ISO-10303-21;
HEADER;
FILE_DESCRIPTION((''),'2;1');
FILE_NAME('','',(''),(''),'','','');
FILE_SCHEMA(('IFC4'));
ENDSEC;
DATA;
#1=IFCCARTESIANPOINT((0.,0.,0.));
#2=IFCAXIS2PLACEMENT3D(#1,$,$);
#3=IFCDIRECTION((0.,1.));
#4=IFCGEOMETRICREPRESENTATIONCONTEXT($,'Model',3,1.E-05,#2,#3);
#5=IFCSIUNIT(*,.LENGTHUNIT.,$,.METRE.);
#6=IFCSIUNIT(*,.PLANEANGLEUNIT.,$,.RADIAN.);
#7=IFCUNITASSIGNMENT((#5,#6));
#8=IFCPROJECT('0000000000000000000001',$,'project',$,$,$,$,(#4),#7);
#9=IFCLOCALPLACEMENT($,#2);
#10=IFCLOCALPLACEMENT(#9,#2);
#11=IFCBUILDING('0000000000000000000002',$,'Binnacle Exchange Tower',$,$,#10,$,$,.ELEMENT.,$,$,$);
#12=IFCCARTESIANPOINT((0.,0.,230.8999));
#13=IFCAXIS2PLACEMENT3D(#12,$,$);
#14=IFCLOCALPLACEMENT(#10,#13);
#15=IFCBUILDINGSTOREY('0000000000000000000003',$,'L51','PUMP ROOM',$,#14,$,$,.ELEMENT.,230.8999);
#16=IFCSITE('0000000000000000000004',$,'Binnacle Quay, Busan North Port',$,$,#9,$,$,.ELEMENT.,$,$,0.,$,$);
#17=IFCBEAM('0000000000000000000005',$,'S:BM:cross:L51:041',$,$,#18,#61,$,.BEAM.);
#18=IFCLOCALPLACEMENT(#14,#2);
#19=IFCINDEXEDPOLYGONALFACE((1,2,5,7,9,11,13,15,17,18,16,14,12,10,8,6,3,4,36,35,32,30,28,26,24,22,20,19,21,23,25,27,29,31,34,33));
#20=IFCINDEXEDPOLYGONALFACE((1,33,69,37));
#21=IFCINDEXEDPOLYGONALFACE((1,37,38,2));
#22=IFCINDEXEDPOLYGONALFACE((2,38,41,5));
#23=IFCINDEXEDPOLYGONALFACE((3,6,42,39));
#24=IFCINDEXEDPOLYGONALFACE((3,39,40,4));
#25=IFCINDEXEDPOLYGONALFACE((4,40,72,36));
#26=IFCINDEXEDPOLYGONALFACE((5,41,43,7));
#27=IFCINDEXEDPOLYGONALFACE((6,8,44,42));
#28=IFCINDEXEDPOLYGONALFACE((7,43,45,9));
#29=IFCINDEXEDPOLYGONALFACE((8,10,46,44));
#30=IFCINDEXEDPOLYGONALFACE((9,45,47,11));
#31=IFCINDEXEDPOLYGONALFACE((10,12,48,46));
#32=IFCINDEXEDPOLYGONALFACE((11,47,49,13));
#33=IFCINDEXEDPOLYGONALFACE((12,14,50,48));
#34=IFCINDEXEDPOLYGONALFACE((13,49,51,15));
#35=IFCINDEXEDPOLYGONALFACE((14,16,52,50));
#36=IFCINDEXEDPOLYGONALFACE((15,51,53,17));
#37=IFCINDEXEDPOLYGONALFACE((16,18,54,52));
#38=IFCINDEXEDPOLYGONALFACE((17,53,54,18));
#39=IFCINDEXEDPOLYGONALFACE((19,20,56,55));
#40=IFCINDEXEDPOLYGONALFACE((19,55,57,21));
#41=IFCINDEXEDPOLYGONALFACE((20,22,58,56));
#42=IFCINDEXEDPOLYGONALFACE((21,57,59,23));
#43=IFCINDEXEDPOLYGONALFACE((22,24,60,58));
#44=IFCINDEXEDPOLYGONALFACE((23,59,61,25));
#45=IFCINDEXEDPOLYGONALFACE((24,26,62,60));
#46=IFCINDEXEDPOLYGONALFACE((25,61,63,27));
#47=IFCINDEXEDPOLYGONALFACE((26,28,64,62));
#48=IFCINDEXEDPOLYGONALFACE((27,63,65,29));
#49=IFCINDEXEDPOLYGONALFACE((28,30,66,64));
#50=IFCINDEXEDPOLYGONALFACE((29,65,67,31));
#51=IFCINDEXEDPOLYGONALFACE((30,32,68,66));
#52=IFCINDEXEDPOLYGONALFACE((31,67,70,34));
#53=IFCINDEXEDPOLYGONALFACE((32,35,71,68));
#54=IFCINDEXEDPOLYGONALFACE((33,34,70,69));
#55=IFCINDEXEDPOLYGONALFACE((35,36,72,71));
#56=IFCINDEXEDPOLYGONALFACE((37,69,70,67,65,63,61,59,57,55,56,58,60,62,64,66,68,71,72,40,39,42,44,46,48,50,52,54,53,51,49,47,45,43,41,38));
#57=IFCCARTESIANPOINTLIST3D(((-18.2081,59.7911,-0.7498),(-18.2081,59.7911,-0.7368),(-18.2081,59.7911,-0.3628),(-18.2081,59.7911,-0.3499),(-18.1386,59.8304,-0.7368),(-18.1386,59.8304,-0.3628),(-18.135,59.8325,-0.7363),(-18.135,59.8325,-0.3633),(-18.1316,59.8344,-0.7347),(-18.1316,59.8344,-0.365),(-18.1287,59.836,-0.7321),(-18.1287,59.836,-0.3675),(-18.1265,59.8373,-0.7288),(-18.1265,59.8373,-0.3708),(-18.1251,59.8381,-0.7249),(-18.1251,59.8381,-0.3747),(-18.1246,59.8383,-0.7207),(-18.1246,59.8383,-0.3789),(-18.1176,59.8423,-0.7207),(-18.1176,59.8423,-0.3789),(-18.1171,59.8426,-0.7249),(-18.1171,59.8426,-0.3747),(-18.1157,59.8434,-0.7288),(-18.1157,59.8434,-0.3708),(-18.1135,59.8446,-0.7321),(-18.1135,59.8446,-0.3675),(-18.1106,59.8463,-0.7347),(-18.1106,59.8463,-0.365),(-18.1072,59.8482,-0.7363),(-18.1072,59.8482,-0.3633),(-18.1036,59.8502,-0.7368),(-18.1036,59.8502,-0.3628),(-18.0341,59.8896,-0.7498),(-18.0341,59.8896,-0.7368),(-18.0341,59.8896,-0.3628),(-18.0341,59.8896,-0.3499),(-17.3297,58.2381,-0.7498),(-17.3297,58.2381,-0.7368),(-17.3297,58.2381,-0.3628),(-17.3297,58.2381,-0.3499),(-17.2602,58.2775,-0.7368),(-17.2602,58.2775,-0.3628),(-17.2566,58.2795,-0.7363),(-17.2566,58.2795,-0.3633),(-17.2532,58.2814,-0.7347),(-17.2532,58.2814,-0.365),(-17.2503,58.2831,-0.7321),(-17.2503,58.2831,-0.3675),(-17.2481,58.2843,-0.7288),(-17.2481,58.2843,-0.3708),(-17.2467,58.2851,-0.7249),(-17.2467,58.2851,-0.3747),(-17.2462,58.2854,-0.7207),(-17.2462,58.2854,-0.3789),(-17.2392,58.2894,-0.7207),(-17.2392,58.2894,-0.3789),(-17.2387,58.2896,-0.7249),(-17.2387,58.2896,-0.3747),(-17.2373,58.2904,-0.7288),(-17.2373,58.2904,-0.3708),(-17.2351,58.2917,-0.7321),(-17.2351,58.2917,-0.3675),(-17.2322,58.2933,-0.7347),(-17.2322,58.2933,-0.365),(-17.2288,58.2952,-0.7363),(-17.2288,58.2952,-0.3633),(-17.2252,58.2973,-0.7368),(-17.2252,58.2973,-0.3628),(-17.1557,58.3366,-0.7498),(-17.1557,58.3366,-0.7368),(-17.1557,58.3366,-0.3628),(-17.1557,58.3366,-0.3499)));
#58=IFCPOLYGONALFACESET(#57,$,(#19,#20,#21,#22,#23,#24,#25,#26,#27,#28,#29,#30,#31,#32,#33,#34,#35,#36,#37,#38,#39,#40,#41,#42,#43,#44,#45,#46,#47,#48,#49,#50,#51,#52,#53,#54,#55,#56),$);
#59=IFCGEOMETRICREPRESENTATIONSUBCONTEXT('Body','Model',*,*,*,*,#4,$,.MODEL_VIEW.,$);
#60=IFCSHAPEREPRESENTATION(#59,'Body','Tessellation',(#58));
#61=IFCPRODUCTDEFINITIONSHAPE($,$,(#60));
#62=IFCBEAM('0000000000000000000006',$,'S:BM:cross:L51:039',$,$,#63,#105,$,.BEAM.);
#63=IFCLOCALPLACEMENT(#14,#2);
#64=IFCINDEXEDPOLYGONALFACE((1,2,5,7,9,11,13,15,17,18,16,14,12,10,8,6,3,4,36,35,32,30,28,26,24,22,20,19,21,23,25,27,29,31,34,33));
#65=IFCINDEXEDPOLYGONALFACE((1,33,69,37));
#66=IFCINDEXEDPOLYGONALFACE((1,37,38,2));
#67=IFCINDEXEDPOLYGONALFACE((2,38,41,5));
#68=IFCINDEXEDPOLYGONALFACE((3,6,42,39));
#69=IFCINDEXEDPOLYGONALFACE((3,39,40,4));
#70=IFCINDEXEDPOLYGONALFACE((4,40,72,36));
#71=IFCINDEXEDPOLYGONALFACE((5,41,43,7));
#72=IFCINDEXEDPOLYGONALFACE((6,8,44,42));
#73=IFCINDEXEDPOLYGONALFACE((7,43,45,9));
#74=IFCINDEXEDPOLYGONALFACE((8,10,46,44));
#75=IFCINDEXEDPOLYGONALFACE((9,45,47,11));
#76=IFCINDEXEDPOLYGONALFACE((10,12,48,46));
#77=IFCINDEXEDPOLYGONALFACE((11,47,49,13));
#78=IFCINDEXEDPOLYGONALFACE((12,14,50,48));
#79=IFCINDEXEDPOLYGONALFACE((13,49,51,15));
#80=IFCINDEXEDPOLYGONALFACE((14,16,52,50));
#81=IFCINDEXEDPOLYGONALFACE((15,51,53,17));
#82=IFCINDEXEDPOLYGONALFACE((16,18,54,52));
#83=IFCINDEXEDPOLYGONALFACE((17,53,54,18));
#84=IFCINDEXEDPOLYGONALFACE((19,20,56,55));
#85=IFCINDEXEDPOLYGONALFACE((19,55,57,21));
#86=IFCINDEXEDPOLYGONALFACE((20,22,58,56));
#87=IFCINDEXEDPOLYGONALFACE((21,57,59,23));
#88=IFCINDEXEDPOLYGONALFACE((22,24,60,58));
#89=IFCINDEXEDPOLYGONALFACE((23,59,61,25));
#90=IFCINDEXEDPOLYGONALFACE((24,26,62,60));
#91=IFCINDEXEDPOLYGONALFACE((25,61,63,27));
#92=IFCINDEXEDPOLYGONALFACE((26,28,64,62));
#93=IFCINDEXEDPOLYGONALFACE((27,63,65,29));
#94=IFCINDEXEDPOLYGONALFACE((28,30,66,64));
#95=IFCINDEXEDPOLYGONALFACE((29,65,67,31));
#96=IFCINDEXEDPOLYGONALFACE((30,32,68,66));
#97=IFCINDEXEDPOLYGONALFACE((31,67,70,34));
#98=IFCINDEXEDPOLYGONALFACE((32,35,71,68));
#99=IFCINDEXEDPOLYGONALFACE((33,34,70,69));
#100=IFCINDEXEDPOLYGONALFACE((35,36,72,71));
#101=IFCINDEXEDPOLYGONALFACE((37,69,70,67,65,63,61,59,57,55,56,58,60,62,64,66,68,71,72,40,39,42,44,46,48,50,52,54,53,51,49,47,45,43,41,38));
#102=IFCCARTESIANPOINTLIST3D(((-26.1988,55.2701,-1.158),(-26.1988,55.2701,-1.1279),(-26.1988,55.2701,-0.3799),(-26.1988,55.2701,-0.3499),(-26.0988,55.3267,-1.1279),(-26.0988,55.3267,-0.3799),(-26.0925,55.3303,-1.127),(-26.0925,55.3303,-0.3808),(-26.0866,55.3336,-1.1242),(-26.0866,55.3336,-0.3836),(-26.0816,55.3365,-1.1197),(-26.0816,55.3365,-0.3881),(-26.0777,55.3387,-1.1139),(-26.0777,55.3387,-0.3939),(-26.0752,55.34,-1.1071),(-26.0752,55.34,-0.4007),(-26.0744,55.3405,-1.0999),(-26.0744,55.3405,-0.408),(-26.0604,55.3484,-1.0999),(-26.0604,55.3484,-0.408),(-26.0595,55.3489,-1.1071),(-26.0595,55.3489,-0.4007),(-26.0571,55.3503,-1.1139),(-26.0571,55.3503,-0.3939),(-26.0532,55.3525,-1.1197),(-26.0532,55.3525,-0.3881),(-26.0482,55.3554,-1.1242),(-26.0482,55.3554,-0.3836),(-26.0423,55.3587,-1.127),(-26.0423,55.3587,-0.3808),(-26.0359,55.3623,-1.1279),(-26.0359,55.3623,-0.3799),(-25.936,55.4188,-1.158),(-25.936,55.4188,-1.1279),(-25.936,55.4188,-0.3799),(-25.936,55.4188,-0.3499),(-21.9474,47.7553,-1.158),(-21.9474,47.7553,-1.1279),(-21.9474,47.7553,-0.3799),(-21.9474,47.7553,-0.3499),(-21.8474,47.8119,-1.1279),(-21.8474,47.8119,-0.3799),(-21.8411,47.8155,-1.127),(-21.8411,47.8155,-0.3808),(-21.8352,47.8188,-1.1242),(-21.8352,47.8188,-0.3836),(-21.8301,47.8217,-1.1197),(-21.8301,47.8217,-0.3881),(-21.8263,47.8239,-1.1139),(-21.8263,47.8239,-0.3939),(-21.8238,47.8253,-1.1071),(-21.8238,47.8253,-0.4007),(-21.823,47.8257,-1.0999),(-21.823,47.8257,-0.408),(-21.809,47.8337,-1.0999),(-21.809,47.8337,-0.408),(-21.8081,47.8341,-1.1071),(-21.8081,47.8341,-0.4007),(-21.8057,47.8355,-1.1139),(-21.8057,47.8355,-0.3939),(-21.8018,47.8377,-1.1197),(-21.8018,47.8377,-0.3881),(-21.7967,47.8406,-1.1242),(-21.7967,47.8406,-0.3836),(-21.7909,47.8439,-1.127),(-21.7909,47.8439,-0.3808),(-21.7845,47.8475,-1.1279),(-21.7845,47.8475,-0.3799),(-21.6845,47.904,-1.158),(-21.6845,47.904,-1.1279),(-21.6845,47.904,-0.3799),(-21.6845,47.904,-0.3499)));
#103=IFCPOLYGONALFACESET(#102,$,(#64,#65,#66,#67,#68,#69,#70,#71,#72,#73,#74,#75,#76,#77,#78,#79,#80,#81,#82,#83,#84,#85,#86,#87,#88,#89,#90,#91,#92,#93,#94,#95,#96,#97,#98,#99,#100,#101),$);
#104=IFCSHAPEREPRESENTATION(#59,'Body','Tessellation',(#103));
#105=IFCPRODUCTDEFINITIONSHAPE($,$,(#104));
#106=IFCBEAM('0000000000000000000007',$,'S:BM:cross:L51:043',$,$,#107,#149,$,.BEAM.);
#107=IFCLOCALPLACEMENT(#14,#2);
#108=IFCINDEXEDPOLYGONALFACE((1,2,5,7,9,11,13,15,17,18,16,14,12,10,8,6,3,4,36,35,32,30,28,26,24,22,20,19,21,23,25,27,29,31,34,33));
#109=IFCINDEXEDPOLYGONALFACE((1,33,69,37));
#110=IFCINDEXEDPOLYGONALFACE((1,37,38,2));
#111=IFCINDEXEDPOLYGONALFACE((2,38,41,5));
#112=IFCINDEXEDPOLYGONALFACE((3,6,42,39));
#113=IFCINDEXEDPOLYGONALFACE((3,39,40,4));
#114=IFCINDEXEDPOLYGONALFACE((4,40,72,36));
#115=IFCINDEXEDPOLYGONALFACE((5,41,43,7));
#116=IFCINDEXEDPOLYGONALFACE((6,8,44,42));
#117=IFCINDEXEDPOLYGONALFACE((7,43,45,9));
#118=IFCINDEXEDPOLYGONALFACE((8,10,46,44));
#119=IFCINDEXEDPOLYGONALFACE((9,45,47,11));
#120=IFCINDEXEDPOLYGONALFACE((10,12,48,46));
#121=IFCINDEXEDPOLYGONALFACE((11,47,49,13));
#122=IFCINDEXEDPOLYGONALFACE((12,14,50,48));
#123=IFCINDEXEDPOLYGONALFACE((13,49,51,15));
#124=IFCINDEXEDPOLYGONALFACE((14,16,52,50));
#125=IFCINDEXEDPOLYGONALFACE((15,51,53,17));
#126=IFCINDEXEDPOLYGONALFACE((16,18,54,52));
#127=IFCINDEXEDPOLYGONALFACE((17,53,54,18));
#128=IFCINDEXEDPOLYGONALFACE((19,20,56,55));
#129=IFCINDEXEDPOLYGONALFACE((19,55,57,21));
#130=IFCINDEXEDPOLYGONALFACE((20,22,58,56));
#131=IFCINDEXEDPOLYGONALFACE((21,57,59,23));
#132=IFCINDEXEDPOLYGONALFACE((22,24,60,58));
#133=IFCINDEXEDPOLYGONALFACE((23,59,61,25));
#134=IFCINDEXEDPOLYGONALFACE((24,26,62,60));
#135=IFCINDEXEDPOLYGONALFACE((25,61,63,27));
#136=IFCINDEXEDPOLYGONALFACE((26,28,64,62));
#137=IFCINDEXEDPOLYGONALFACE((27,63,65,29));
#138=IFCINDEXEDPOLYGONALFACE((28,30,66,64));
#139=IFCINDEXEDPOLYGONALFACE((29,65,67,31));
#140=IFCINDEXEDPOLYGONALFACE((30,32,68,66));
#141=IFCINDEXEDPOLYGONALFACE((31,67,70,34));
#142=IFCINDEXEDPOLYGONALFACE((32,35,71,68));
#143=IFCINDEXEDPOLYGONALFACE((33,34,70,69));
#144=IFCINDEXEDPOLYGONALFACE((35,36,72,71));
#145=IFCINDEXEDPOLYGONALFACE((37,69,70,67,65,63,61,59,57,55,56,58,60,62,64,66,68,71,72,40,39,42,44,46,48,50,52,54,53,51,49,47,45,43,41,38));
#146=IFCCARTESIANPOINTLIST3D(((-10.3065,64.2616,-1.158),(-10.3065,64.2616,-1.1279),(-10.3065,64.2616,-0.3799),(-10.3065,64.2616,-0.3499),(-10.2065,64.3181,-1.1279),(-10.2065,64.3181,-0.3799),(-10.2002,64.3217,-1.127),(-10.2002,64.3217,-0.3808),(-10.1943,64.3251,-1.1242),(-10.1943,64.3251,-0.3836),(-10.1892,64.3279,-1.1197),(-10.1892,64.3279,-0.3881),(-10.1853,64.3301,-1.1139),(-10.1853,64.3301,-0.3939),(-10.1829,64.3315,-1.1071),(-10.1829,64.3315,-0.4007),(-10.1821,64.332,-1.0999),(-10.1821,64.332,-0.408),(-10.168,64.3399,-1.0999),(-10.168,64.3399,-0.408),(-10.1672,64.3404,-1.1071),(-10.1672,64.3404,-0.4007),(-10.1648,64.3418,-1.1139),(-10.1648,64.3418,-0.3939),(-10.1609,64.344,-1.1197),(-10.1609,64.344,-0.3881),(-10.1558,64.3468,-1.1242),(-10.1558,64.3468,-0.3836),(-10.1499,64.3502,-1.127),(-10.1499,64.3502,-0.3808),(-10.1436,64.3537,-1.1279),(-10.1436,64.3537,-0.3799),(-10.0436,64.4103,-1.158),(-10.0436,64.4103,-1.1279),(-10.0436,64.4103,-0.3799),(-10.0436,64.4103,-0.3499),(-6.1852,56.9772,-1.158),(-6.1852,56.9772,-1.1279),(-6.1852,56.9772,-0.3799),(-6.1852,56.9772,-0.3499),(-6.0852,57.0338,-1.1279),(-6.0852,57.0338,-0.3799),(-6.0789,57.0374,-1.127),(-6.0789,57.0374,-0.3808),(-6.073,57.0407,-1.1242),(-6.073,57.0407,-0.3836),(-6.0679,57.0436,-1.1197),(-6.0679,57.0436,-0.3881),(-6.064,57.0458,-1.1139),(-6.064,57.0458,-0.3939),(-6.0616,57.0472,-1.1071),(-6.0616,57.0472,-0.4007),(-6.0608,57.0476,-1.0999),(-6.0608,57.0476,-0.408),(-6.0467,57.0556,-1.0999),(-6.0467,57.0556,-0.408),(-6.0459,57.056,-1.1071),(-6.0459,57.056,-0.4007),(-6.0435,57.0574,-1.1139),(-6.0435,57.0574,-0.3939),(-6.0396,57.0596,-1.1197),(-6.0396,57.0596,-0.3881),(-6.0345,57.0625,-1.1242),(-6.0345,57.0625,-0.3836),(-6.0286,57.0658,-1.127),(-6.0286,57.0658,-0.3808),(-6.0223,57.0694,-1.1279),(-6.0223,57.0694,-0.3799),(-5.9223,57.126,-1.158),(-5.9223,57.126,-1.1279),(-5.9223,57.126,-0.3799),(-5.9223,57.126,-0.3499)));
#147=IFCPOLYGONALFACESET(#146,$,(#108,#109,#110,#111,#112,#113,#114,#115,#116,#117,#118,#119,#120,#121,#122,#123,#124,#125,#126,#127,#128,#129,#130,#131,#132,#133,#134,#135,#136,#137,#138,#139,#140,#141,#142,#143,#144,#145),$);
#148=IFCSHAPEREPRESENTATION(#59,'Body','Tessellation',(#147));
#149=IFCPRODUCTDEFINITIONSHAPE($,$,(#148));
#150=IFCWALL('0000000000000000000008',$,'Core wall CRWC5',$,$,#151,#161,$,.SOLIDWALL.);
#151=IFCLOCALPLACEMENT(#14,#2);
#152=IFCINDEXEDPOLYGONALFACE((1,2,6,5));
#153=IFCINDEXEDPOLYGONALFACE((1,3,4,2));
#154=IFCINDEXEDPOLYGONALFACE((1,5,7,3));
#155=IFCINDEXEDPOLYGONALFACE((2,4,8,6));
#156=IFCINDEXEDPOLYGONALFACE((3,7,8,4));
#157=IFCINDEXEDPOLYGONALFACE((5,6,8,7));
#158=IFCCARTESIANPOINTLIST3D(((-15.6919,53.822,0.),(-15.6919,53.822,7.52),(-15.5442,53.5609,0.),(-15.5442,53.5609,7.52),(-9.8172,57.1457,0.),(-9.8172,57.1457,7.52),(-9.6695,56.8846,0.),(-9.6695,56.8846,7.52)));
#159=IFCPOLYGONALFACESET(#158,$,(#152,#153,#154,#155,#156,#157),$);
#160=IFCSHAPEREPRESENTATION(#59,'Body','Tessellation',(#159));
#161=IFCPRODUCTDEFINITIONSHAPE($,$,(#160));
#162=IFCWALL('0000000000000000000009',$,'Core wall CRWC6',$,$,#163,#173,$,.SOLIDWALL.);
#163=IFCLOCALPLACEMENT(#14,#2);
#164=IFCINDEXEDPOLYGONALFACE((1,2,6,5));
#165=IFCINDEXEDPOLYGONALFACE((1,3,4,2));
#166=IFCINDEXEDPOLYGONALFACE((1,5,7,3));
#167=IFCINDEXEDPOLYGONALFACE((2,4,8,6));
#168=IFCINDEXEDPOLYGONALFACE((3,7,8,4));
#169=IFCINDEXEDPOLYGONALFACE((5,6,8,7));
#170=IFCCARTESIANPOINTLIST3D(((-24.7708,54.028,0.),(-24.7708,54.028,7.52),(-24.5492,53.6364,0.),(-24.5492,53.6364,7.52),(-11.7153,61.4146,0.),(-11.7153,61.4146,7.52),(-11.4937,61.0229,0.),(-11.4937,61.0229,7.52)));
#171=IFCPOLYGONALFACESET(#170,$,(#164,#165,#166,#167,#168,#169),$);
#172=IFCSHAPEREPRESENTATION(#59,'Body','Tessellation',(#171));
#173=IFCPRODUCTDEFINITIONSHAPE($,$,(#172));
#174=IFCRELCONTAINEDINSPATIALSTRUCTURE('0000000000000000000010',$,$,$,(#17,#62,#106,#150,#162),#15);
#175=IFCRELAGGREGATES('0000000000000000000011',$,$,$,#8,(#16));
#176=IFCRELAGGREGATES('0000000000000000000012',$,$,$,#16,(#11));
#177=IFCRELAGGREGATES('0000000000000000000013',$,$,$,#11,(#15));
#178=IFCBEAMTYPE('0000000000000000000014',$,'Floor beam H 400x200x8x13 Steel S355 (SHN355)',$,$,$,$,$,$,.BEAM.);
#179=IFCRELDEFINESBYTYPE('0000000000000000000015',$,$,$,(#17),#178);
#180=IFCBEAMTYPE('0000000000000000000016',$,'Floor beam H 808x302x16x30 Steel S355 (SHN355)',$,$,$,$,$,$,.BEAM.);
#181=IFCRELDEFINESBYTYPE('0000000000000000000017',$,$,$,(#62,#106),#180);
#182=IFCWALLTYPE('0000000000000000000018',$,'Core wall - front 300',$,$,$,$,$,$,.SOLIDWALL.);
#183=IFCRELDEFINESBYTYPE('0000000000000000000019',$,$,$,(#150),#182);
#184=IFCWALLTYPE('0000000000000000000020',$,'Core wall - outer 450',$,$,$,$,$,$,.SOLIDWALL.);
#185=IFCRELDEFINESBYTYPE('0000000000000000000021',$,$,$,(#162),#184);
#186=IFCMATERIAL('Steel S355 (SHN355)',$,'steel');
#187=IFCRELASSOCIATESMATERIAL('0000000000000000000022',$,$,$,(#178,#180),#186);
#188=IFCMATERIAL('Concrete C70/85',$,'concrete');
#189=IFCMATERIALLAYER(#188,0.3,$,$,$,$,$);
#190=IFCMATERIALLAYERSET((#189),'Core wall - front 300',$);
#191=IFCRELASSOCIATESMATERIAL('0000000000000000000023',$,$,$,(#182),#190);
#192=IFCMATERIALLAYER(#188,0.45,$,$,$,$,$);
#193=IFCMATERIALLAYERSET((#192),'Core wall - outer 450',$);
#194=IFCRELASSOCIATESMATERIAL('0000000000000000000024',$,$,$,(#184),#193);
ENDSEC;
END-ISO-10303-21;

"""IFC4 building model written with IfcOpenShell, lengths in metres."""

from ifc_helpers import new_model, si_unit, direction, frame, frame_2d, origin, origin_2d, place, context, subcontext, project, spatial, rectangle, i_section, extrude, material, layer, layer_set, material_profile, profile_set, type_object, element, save


model = new_model("IFC4")

# Units and contexts
model_context = context("Model", 3, precision=1e-05, world=origin(), true_north=direction((0.0, 1.0)))
body_context = subcontext(model_context, "Body", "Model", "MODEL_VIEW")
ifc_project = project(units=[si_unit("LENGTHUNIT", "METRE"), si_unit("PLANEANGLEUNIT", "RADIAN")], contexts=[model_context])

# Site, building, storey
site_placement = place(None, origin())
site = spatial("IfcSite", under=ifc_project, at=site_placement, Name="Binnacle Quay, Busan North Port", CompositionType="ELEMENT", RefElevation=0.0)
building_placement = place(site_placement, origin())
building = spatial("IfcBuilding", under=site, at=building_placement, Name="Binnacle Exchange Tower", CompositionType="ELEMENT")
storey_placement = place(building_placement, frame((0.0, 0.0, 230.8999)))
storey = spatial("IfcBuildingStorey", under=building, at=storey_placement, Name="L51", Description="PUMP ROOM", CompositionType="ELEMENT", Elevation=230.8999)

# Beams
ifc_material_1 = material(Name="Steel S355 (SHN355)", Category="steel")
ifc_material_profile_1 = material_profile(ifc_material_1, i_section(OverallWidth=0.2, OverallDepth=0.3999, WebThickness=0.0081, FlangeThickness=0.0129, FilletRadius=0.0161, at=origin_2d()), Name="H 400x200x8x13")
ifc_profile_set_1 = profile_set([ifc_material_profile_1], Name="Steel S355 (SHN355)")
beam_type_1 = type_object("IfcBeamType", Name="Floor beam H 400x200x8x13 Steel S355 (SHN355)", PredefinedType="BEAM", material=ifc_profile_set_1)
beam_1_placement = place(storey_placement, frame((-18.1211, 59.8403, -0.5498), z_axis=(0.492332, -0.870407, 0.0), x_axis=(0.870407, 0.492332, 0.0)))
element("IfcBeam", 1, at=beam_1_placement, inside=storey, type_object=beam_type_1, Name="S:BM:cross:L51:041", PredefinedType="BEAM", context=body_context, shape_type="SweptSolid", body=[
    extrude(i_section(OverallWidth=0.2, OverallDepth=0.3999, WebThickness=0.0081, FlangeThickness=0.0129, FilletRadius=0.0161, at=origin_2d()), origin(), (0.0, 0.0, 1.0), 1.7842),
])
ifc_material_profile_2 = material_profile(ifc_material_1, i_section(OverallWidth=0.302, OverallDepth=0.8081, WebThickness=0.0161, FlangeThickness=0.03, FilletRadius=0.0281, at=origin_2d()), Name="H 808x302x16x30")
ifc_profile_set_2 = profile_set([ifc_material_profile_2], Name="Steel S355 (SHN355)")
beam_type_2 = type_object("IfcBeamType", Name="Floor beam H 808x302x16x30 Steel S355 (SHN355)", PredefinedType="BEAM", material=ifc_profile_set_2)
beam_2_placement = place(storey_placement, frame((-26.0674, 55.3445, -0.7539), z_axis=(0.492401, -0.870368, 0.0), x_axis=(0.870368, 0.492401, 0.0)))
element("IfcBeam", 2, at=beam_2_placement, inside=storey, type_object=beam_type_2, Name="S:BM:cross:L51:039", PredefinedType="BEAM", context=body_context, shape_type="SweptSolid", body=[
    extrude(i_section(OverallWidth=0.302, OverallDepth=0.8081, WebThickness=0.0161, FlangeThickness=0.03, FilletRadius=0.0281, at=origin_2d()), origin(), (0.0, 0.0, 1.0), 8.634),
])
beam_3_placement = place(storey_placement, frame((-10.175, 64.3359, -0.7539), z_axis=(0.492424, -0.870355, 0.0), x_axis=(0.870355, 0.492424, 0.0)))
element("IfcBeam", 3, at=beam_3_placement, inside=storey, type_object=beam_type_2, Name="S:BM:cross:L51:043", PredefinedType="BEAM", context=body_context, shape_type="SweptSolid", body=[
    extrude(i_section(OverallWidth=0.302, OverallDepth=0.8081, WebThickness=0.0161, FlangeThickness=0.03, FilletRadius=0.0281, at=origin_2d()), origin(), (0.0, 0.0, 1.0), 8.3694),
])

# Walls
ifc_material_2 = material(Name="Concrete C70/85", Category="concrete")
ifc_layer_1 = layer(ifc_material_2, 0.3)
ifc_layer_set_1 = layer_set([ifc_layer_1], Name="Core wall - front 300")
wall_type_1 = type_object("IfcWallType", Name="Core wall - front 300", PredefinedType="SOLIDWALL", material=ifc_layer_set_1)
wall_1_placement = place(storey_placement, frame((-15.6182, 53.6914, 0.0), z_axis=(0.0, 0.0, 1.0), x_axis=(0.870359, 0.492418, 0.0)))
element("IfcWall", 4, at=wall_1_placement, inside=storey, type_object=wall_type_1, Name="Core wall CRWC5", PredefinedType="SOLIDWALL", context=body_context, shape_type="SweptSolid", body=[
    extrude(rectangle(XDim=6.7498, YDim=0.3, at=frame_2d((3.375, 0.0))), origin(), (0.0, 0.0, 1.0), 7.52),
])
ifc_layer_2 = layer(ifc_material_2, 0.45)
ifc_layer_set_2 = layer_set([ifc_layer_2], Name="Core wall - outer 450")
wall_type_2 = type_object("IfcWallType", Name="Core wall - outer 450", PredefinedType="SOLIDWALL", material=ifc_layer_set_2)
wall_2_placement = place(storey_placement, frame((-24.6599, 53.8323, 0.0), z_axis=(0.0, 0.0, 1.0), x_axis=(0.870354, 0.492427, 0.0)))
element("IfcWall", 5, at=wall_2_placement, inside=storey, type_object=wall_type_2, Name="Core wall CRWC6", PredefinedType="SOLIDWALL", context=body_context, shape_type="SweptSolid", body=[
    extrude(rectangle(XDim=15.0002, YDim=0.45, at=frame_2d((7.5, 0.0))), origin(), (0.0, 0.0, 1.0), 7.52),
])

save(model, "model.ifc")
